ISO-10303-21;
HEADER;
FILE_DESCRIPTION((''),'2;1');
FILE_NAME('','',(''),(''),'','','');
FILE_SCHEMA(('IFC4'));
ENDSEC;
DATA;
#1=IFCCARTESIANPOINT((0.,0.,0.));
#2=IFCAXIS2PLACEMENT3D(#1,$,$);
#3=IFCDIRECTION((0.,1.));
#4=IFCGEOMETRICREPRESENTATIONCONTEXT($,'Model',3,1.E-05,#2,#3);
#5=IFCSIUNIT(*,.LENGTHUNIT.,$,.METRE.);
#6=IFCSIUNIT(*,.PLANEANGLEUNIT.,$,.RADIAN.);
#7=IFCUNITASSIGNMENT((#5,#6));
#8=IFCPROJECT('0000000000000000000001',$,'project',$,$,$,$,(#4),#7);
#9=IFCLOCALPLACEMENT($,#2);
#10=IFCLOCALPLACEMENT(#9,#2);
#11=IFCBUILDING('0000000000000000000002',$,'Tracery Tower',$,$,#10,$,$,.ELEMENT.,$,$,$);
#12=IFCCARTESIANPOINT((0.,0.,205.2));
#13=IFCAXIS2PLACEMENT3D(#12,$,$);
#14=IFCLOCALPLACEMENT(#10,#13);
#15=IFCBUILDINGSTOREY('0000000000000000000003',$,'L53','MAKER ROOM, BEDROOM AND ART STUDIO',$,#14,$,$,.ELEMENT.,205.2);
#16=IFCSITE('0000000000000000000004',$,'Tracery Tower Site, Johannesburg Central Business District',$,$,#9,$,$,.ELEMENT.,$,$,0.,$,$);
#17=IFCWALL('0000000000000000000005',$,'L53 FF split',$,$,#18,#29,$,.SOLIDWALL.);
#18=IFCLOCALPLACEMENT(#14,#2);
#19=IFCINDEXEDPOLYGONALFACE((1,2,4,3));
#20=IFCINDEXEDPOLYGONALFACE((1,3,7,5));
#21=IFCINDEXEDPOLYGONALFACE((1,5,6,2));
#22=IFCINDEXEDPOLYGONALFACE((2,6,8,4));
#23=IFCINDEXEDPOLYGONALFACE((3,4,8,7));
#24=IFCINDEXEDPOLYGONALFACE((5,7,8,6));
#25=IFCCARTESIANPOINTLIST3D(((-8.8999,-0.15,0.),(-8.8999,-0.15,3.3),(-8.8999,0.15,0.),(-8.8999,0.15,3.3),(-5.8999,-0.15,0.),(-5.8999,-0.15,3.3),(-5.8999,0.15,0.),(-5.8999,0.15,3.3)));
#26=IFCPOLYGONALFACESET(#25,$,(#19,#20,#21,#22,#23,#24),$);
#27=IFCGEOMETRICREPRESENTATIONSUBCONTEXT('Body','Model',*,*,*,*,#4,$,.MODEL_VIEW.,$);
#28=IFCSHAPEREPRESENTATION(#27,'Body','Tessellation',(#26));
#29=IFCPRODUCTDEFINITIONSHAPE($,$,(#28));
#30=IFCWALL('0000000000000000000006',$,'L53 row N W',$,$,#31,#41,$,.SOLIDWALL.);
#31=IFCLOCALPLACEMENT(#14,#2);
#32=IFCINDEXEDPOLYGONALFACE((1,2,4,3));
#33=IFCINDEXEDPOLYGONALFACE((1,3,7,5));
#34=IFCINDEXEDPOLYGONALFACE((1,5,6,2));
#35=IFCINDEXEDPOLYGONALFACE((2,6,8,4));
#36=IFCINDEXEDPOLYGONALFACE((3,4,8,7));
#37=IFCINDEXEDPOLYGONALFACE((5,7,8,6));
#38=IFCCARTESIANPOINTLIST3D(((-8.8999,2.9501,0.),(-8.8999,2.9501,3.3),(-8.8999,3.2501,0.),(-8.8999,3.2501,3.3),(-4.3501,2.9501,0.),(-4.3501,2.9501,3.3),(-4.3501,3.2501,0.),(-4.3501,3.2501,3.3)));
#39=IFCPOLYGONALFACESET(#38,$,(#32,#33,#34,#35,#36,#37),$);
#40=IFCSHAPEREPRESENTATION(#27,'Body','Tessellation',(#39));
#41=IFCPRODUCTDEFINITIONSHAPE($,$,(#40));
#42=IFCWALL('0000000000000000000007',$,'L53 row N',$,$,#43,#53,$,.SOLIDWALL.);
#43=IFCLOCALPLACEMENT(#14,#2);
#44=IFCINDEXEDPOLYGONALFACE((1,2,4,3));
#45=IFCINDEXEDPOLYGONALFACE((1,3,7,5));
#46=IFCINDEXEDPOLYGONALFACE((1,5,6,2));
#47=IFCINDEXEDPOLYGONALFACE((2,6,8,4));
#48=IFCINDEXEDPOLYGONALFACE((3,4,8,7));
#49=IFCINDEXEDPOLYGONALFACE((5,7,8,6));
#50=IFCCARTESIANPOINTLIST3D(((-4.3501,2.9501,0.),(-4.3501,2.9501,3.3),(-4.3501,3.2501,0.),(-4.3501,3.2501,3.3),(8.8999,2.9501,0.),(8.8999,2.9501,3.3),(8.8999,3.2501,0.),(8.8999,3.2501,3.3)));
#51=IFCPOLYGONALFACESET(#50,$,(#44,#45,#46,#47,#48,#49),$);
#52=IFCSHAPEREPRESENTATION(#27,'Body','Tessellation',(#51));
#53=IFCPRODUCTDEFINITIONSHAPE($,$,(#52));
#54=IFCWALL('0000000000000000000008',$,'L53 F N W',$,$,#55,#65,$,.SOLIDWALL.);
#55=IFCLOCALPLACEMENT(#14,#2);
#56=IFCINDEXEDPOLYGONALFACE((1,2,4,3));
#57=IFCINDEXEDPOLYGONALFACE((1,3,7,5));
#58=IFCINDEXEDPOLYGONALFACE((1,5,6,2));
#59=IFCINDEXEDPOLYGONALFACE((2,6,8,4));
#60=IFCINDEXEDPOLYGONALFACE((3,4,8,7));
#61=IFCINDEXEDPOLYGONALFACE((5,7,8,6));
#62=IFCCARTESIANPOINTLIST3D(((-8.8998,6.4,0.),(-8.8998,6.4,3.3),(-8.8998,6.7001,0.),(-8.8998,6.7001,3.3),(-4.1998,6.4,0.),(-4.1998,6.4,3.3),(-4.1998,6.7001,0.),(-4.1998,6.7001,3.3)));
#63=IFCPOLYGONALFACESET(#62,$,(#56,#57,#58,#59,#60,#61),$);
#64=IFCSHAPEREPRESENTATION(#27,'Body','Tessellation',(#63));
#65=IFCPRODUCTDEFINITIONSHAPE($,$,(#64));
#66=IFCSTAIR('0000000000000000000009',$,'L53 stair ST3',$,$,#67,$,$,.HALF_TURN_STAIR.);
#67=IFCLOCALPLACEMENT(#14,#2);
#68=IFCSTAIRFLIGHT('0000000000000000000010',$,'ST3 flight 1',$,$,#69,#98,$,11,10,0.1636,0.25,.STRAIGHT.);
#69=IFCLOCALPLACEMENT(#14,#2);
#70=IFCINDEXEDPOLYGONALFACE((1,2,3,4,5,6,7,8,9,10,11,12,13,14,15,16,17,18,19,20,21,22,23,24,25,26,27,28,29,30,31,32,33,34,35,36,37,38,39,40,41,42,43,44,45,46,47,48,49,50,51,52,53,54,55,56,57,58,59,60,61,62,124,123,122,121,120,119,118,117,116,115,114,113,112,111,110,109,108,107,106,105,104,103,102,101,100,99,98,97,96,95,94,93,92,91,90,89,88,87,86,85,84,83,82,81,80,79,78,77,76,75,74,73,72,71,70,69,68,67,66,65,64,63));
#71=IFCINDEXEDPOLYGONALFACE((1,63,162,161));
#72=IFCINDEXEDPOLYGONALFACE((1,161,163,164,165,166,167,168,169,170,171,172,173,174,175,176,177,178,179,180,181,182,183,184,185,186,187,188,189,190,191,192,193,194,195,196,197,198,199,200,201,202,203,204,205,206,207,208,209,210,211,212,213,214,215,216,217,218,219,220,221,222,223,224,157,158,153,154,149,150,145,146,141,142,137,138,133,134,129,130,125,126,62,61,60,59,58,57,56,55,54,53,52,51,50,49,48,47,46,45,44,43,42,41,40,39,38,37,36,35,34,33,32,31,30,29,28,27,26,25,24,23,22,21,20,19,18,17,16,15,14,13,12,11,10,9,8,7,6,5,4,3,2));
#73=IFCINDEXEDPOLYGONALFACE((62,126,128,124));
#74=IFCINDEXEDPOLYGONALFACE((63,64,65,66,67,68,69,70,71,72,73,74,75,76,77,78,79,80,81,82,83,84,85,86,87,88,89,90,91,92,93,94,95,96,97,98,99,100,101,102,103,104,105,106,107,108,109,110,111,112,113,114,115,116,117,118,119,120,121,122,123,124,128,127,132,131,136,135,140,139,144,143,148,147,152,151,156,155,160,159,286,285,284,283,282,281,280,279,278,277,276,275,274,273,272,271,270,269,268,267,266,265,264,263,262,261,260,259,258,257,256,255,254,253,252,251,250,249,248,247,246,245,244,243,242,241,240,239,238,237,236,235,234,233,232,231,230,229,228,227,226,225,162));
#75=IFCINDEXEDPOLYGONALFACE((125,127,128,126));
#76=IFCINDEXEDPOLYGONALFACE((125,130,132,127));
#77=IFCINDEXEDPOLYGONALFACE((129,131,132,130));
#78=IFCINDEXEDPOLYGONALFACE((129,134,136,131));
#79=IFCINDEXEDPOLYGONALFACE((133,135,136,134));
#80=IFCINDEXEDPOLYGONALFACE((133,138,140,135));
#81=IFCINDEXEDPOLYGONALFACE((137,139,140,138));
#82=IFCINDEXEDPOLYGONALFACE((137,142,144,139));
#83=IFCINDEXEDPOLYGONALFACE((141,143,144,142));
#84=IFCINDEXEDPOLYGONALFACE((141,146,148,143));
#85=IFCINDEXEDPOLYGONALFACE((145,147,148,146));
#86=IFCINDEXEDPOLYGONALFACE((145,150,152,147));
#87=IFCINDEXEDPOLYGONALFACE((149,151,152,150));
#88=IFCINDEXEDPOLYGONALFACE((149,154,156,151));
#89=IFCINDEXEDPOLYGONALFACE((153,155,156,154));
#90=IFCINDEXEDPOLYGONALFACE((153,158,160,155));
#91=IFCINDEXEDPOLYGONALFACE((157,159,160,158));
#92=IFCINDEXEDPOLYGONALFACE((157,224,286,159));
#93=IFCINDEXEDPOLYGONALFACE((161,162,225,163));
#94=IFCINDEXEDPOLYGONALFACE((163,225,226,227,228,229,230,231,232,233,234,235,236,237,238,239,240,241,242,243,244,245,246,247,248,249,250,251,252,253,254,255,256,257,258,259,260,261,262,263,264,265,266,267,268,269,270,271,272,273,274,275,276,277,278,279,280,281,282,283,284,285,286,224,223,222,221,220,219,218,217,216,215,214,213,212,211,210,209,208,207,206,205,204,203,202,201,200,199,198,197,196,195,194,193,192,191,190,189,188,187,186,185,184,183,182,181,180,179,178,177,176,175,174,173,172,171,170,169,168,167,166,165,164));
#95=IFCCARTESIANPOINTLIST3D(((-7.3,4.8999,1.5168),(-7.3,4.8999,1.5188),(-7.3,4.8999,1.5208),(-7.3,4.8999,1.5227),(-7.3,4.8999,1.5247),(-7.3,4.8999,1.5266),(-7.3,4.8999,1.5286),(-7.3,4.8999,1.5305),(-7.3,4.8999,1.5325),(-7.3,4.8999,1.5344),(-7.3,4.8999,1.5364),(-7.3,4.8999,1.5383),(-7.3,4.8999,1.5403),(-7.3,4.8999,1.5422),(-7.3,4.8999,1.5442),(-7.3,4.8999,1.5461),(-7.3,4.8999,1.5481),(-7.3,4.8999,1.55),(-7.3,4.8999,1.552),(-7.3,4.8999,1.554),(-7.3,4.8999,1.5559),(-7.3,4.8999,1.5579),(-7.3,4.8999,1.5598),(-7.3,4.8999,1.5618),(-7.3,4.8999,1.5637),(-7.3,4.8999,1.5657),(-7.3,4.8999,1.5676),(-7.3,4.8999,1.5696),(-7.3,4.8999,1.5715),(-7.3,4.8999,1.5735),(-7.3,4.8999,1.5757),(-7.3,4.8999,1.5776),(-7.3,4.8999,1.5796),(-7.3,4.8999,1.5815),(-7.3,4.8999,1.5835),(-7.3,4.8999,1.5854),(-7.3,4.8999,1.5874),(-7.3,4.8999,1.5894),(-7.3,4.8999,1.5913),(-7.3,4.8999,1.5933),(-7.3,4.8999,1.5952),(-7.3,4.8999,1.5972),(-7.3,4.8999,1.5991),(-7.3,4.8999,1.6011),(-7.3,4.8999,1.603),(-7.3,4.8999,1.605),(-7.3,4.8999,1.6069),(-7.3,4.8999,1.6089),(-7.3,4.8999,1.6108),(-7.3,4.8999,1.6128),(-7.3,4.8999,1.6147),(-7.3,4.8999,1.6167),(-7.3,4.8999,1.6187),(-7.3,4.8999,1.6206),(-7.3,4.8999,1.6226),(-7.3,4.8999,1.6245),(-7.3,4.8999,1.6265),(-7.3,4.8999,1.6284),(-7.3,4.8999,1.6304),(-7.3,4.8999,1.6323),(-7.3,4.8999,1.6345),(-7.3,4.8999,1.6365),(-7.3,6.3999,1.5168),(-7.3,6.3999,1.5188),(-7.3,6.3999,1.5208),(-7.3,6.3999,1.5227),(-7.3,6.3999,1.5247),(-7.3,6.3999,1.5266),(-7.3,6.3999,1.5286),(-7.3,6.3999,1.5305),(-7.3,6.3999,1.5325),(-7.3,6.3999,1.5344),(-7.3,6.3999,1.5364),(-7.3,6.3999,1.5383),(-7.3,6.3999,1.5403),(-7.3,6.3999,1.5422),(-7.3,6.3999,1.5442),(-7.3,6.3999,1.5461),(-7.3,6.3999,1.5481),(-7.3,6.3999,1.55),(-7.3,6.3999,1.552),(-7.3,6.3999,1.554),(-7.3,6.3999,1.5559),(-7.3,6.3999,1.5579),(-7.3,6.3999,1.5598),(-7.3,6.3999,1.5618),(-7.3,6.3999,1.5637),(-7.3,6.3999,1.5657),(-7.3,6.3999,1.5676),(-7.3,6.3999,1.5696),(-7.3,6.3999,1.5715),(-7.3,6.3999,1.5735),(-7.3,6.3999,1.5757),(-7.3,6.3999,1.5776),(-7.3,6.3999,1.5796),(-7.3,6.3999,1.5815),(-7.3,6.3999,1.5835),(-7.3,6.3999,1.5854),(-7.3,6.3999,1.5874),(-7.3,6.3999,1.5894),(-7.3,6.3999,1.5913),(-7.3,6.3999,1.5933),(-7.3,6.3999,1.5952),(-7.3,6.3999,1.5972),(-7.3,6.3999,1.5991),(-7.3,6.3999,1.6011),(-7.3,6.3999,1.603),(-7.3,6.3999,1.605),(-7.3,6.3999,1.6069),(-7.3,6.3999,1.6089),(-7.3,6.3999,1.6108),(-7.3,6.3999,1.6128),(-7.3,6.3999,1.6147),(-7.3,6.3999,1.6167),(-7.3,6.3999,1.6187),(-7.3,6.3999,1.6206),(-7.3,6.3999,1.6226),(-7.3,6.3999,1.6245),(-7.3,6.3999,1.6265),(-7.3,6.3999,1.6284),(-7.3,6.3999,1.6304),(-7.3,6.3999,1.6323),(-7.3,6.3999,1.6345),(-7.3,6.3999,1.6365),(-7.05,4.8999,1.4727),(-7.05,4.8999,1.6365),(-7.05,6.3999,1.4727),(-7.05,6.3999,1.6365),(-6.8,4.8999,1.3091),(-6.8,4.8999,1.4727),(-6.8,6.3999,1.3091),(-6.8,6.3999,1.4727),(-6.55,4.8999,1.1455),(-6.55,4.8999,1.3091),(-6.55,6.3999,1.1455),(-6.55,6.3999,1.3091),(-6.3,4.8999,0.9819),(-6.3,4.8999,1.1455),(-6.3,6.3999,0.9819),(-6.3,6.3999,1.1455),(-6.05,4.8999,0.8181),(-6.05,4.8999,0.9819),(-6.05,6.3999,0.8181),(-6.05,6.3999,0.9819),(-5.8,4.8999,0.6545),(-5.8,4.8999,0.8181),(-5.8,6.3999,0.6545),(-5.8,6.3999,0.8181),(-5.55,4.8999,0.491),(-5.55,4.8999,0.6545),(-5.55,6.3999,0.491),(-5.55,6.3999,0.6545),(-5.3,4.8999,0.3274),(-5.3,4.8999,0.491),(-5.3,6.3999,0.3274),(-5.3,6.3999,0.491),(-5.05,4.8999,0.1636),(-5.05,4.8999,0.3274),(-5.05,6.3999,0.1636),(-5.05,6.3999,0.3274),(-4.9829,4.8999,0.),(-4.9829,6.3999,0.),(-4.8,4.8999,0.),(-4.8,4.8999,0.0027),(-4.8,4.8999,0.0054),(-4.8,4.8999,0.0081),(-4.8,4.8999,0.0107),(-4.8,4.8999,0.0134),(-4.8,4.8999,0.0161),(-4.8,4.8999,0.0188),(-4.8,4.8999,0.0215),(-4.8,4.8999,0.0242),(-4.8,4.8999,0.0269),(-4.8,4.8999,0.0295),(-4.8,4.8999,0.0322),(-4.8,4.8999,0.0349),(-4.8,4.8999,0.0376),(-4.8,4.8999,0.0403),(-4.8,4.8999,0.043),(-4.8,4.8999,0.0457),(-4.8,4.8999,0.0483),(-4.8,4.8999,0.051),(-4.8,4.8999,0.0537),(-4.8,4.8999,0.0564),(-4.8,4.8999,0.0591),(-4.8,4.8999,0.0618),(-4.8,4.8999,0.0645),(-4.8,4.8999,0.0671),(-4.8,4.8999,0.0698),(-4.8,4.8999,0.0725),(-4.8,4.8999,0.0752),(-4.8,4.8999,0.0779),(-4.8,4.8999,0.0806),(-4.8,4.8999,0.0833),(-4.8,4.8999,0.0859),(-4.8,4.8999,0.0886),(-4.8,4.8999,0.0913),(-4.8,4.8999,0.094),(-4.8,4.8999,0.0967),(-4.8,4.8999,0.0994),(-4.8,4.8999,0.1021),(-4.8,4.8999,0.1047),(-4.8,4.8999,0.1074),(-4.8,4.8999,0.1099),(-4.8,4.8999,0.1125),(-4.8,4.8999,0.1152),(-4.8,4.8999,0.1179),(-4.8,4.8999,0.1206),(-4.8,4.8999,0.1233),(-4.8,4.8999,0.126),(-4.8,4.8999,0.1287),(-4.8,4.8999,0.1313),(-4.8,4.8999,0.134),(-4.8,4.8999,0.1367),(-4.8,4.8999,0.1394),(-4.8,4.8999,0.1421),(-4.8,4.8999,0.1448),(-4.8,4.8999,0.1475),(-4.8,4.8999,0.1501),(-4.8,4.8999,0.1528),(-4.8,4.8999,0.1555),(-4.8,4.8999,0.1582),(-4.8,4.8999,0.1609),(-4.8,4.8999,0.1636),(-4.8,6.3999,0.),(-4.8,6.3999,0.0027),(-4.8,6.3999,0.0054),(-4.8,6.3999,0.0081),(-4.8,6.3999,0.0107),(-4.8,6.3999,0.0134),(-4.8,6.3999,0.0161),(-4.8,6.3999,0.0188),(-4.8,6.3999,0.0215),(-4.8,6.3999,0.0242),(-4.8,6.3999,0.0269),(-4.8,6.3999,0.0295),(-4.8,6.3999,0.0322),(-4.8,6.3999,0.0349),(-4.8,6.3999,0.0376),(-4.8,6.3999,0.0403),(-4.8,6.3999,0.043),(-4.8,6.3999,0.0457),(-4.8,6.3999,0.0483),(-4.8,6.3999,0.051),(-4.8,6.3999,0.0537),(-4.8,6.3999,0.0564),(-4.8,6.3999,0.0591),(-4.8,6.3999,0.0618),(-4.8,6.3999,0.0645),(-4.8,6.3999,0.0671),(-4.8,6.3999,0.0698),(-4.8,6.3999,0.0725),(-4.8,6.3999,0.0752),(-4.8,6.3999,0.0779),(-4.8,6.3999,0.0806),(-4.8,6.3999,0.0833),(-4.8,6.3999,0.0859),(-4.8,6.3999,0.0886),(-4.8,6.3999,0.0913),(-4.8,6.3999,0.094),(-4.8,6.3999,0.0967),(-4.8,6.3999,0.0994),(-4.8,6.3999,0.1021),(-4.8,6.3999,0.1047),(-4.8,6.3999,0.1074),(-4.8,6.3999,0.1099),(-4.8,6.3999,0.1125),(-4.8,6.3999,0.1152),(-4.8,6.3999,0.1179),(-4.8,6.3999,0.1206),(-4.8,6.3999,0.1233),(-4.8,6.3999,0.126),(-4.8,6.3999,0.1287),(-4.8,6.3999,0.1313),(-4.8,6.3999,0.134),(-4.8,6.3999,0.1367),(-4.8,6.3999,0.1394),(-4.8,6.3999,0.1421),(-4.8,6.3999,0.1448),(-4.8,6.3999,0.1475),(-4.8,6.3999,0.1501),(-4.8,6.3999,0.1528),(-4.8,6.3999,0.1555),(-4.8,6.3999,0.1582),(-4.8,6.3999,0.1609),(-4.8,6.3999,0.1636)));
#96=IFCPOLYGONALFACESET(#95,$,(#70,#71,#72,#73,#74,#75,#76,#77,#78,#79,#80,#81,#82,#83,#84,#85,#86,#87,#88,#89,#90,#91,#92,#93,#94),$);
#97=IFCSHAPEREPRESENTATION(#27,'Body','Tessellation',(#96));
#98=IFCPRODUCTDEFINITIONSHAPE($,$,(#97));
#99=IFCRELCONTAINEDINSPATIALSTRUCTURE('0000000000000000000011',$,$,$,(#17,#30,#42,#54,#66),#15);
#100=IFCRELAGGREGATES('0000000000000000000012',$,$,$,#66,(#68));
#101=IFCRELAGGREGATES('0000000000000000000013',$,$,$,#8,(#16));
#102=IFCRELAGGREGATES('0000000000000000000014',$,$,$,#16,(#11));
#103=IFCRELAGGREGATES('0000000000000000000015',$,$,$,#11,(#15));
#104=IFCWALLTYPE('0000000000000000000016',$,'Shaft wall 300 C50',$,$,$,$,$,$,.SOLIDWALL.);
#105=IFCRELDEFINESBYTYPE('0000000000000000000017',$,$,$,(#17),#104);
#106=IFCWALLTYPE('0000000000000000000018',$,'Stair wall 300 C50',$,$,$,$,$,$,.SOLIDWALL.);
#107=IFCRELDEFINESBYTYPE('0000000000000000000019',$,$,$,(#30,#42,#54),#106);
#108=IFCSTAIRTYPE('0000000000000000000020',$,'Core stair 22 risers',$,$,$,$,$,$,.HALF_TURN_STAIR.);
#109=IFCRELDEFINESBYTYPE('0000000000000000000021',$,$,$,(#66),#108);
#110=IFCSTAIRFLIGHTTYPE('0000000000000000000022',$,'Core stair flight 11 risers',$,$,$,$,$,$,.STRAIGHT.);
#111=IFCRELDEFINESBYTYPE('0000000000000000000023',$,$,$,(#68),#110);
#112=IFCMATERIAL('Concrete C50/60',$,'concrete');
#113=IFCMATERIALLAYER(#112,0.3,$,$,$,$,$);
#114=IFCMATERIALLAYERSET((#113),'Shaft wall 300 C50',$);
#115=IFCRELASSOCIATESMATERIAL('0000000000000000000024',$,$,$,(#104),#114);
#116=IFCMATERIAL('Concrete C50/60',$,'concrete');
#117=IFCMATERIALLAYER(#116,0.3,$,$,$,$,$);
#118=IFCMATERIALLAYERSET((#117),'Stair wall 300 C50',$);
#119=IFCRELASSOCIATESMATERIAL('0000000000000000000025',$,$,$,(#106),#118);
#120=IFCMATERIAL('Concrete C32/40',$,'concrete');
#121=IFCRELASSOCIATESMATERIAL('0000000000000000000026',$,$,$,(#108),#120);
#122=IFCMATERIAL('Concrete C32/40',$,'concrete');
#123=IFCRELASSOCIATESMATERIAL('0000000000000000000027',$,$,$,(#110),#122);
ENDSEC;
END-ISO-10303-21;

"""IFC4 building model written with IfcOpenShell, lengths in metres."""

from ifc_helpers import new_model, si_unit, direction, frame, frame_2d, origin, place, context, subcontext, project, spatial, polyline, rectangle, outline, extrude, material, layer, layer_set, type_object, element, aggregate, save


model = new_model("IFC4")

# Units and contexts
model_context = context("Model", 3, precision=1e-05, world=origin(), true_north=direction((0.0, 1.0)))
body_context = subcontext(model_context, "Body", "Model", "MODEL_VIEW")
ifc_project = project(units=[si_unit("LENGTHUNIT", "METRE"), si_unit("PLANEANGLEUNIT", "RADIAN")], contexts=[model_context])

# Site, building, storey
site_placement = place(None, origin())
site = spatial("IfcSite", under=ifc_project, at=site_placement, Name="Tracery Tower Site, Johannesburg Central Business District", CompositionType="ELEMENT", RefElevation=0.0)
building_placement = place(site_placement, origin())
building = spatial("IfcBuilding", under=site, at=building_placement, Name="Tracery Tower", CompositionType="ELEMENT")
storey_placement = place(building_placement, frame((0.0, 0.0, 205.2)))
storey = spatial("IfcBuildingStorey", under=building, at=storey_placement, Name="L53", Description="MAKER ROOM, BEDROOM AND ART STUDIO", CompositionType="ELEMENT", Elevation=205.2)

# Wall
ifc_material_1 = material(Name="Concrete C50/60", Category="concrete")
ifc_layer_1 = layer(ifc_material_1, 0.3)
ifc_layer_set_1 = layer_set([ifc_layer_1], Name="Shaft wall 300 C50")
wall_type_1 = type_object("IfcWallType", Name="Shaft wall 300 C50", PredefinedType="SOLIDWALL", material=ifc_layer_set_1)
wall_1_placement = place(storey_placement, frame((-8.8999, 0.0, 0.0), z_axis=(0.0, 0.0, 1.0), x_axis=(1.0, 0.0, 0.0)))
element("IfcWall", 1, at=wall_1_placement, inside=storey, type_object=wall_type_1, Name="L53 FF split", PredefinedType="SOLIDWALL", context=body_context, shape_type="SweptSolid", body=[
    extrude(rectangle(XDim=3.0, YDim=0.3, at=frame_2d((1.5, 0.0))), origin(), (0.0, 0.0, 1.0), 3.3),
])

# Walls
ifc_material_2 = material(Name="Concrete C50/60", Category="concrete")
ifc_layer_2 = layer(ifc_material_2, 0.3)
ifc_layer_set_2 = layer_set([ifc_layer_2], Name="Stair wall 300 C50")
wall_type_2 = type_object("IfcWallType", Name="Stair wall 300 C50", PredefinedType="SOLIDWALL", material=ifc_layer_set_2)
wall_2_placement = place(storey_placement, frame((-8.8999, 3.1001, 0.0), z_axis=(0.0, 0.0, 1.0), x_axis=(1.0, 0.0, 0.0)))
element("IfcWall", 2, at=wall_2_placement, inside=storey, type_object=wall_type_2, Name="L53 row N W", PredefinedType="SOLIDWALL", context=body_context, shape_type="SweptSolid", body=[
    extrude(rectangle(XDim=4.5498, YDim=0.3, at=frame_2d((2.2749, 0.0))), origin(), (0.0, 0.0, 1.0), 3.3),
])
wall_3_placement = place(storey_placement, frame((-4.3501, 3.1001, 0.0), z_axis=(0.0, 0.0, 1.0), x_axis=(1.0, 0.0, 0.0)))
element("IfcWall", 3, at=wall_3_placement, inside=storey, type_object=wall_type_2, Name="L53 row N", PredefinedType="SOLIDWALL", context=body_context, shape_type="SweptSolid", body=[
    extrude(rectangle(XDim=13.25, YDim=0.3, at=frame_2d((6.625, 0.0))), origin(), (0.0, 0.0, 1.0), 3.3),
])
wall_4_placement = place(storey_placement, frame((-8.8999, 6.55, 0.0), z_axis=(0.0, 0.0, 1.0), x_axis=(1.0, 0.0, 0.0)))
element("IfcWall", 4, at=wall_4_placement, inside=storey, type_object=wall_type_2, Name="L53 F N W", PredefinedType="SOLIDWALL", context=body_context, shape_type="SweptSolid", body=[
    extrude(rectangle(XDim=4.7, YDim=0.3, at=frame_2d((2.3501, 0.0))), origin(), (0.0, 0.0, 1.0), 3.3),
])

# Stair, stair flight
ifc_material_3 = material(Name="Concrete C32/40", Category="concrete")
stair_type = type_object("IfcStairType", Name="Core stair 22 risers", PredefinedType="HALF_TURN_STAIR", material=ifc_material_3)
stair_placement = place(storey_placement, origin())
stair = element("IfcStair", 5, at=stair_placement, inside=storey, type_object=stair_type, Name="L53 stair ST3", PredefinedType="HALF_TURN_STAIR")
ifc_material_4 = material(Name="Concrete C32/40", Category="concrete")
stair_flight_type = type_object("IfcStairFlightType", Name="Core stair flight 11 risers", PredefinedType="STRAIGHT", material=ifc_material_4)
stair_flight_1_placement = place(storey_placement, frame((-4.8, 5.6499, 0.0), z_axis=(0.0, 0.0, 1.0), x_axis=(-1.0, 0.0, 0.0)))
stair_flight_1 = element("IfcStairFlight", 6, at=stair_flight_1_placement, type_object=stair_flight_type, Name="ST3 flight 1", NumberOfRisers=11, NumberOfTreads=10, PredefinedType="STRAIGHT", RiserHeight=0.1636, TreadLength=0.25, context=body_context, shape_type="SweptSolid", body=[
    extrude(outline(polyline([(0.0, 0.0), (0.0, 0.0027), (0.0, 0.0054), (0.0, 0.0081), (0.0, 0.0107), (0.0, 0.0134), (0.0, 0.0161), (0.0, 0.0188), (0.0, 0.0215), (0.0, 0.0242), (0.0, 0.0269), (0.0, 0.0295), (0.0, 0.0322), (0.0, 0.0349), (0.0, 0.0376), (0.0, 0.0403), (0.0, 0.043), (0.0, 0.0457), (0.0, 0.0483), (0.0, 0.051), (0.0, 0.0537), (0.0, 0.0564), (0.0, 0.0591), (0.0, 0.0618), (0.0, 0.0645), (0.0, 0.0671), (0.0, 0.0698), (0.0, 0.0725), (0.0, 0.0752), (0.0, 0.0779), (0.0, 0.0806), (0.0, 0.0833), (0.0, 0.0859), (0.0, 0.0886), (0.0, 0.0913), (0.0, 0.094), (0.0, 0.0967), (0.0, 0.0994), (0.0, 0.1021), (0.0, 0.1047), (0.0, 0.1074), (0.0, 0.1099), (0.0, 0.1125), (0.0, 0.1152), (0.0, 0.1179), (0.0, 0.1206), (0.0, 0.1233), (0.0, 0.126), (0.0, 0.1287), (0.0, 0.1313), (0.0, 0.134), (0.0, 0.1367), (0.0, 0.1394), (0.0, 0.1421), (0.0, 0.1448), (0.0, 0.1475), (0.0, 0.1501), (0.0, 0.1528), (0.0, 0.1555), (0.0, 0.1582), (0.0, 0.1609), (0.0, 0.1636), (0.25, 0.1636), (0.25, 0.3274), (0.5, 0.3274), (0.5, 0.491), (0.75, 0.491), (0.75, 0.6545), (1.0, 0.6545), (1.0, 0.8181), (1.25, 0.8181), (1.25, 0.9819), (1.5, 0.9819), (1.5, 1.1455), (1.75, 1.1455), (1.75, 1.3091), (2.0, 1.3091), (2.0, 1.4727), (2.25, 1.4727), (2.25, 1.6365), (2.5, 1.6365), (2.5, 1.6345), (2.5, 1.6323), (2.5, 1.6304), (2.5, 1.6284), (2.5, 1.6265), (2.5, 1.6245), (2.5, 1.6226), (2.5, 1.6206), (2.5, 1.6187), (2.5, 1.6167), (2.5, 1.6147), (2.5, 1.6128), (2.5, 1.6108), (2.5, 1.6089), (2.5, 1.6069), (2.5, 1.605), (2.5, 1.603), (2.5, 1.6011), (2.5, 1.5991), (2.5, 1.5972), (2.5, 1.5952), (2.5, 1.5933), (2.5, 1.5913), (2.5, 1.5894), (2.5, 1.5874), (2.5, 1.5854), (2.5, 1.5835), (2.5, 1.5815), (2.5, 1.5796), (2.5, 1.5776), (2.5, 1.5757), (2.5, 1.5735), (2.5, 1.5715), (2.5, 1.5696), (2.5, 1.5676), (2.5, 1.5657), (2.5, 1.5637), (2.5, 1.5618), (2.5, 1.5598), (2.5, 1.5579), (2.5, 1.5559), (2.5, 1.554), (2.5, 1.552), (2.5, 1.55), (2.5, 1.5481), (2.5, 1.5461), (2.5, 1.5442), (2.5, 1.5422), (2.5, 1.5403), (2.5, 1.5383), (2.5, 1.5364), (2.5, 1.5344), (2.5, 1.5325), (2.5, 1.5305), (2.5, 1.5286), (2.5, 1.5266), (2.5, 1.5247), (2.5, 1.5227), (2.5, 1.5208), (2.5, 1.5188), (2.5, 1.5168), (0.1829, 0.0), (0.0, 0.0)])), frame((0.0, 0.75, 0.0), z_axis=(0.0, -1.0, 0.0), x_axis=(1.0, 0.0, 0.0)), (0.0, 0.0, 1.0), 1.5),
])
aggregate(stair, [stair_flight_1])

save(model, "model.ifc")
